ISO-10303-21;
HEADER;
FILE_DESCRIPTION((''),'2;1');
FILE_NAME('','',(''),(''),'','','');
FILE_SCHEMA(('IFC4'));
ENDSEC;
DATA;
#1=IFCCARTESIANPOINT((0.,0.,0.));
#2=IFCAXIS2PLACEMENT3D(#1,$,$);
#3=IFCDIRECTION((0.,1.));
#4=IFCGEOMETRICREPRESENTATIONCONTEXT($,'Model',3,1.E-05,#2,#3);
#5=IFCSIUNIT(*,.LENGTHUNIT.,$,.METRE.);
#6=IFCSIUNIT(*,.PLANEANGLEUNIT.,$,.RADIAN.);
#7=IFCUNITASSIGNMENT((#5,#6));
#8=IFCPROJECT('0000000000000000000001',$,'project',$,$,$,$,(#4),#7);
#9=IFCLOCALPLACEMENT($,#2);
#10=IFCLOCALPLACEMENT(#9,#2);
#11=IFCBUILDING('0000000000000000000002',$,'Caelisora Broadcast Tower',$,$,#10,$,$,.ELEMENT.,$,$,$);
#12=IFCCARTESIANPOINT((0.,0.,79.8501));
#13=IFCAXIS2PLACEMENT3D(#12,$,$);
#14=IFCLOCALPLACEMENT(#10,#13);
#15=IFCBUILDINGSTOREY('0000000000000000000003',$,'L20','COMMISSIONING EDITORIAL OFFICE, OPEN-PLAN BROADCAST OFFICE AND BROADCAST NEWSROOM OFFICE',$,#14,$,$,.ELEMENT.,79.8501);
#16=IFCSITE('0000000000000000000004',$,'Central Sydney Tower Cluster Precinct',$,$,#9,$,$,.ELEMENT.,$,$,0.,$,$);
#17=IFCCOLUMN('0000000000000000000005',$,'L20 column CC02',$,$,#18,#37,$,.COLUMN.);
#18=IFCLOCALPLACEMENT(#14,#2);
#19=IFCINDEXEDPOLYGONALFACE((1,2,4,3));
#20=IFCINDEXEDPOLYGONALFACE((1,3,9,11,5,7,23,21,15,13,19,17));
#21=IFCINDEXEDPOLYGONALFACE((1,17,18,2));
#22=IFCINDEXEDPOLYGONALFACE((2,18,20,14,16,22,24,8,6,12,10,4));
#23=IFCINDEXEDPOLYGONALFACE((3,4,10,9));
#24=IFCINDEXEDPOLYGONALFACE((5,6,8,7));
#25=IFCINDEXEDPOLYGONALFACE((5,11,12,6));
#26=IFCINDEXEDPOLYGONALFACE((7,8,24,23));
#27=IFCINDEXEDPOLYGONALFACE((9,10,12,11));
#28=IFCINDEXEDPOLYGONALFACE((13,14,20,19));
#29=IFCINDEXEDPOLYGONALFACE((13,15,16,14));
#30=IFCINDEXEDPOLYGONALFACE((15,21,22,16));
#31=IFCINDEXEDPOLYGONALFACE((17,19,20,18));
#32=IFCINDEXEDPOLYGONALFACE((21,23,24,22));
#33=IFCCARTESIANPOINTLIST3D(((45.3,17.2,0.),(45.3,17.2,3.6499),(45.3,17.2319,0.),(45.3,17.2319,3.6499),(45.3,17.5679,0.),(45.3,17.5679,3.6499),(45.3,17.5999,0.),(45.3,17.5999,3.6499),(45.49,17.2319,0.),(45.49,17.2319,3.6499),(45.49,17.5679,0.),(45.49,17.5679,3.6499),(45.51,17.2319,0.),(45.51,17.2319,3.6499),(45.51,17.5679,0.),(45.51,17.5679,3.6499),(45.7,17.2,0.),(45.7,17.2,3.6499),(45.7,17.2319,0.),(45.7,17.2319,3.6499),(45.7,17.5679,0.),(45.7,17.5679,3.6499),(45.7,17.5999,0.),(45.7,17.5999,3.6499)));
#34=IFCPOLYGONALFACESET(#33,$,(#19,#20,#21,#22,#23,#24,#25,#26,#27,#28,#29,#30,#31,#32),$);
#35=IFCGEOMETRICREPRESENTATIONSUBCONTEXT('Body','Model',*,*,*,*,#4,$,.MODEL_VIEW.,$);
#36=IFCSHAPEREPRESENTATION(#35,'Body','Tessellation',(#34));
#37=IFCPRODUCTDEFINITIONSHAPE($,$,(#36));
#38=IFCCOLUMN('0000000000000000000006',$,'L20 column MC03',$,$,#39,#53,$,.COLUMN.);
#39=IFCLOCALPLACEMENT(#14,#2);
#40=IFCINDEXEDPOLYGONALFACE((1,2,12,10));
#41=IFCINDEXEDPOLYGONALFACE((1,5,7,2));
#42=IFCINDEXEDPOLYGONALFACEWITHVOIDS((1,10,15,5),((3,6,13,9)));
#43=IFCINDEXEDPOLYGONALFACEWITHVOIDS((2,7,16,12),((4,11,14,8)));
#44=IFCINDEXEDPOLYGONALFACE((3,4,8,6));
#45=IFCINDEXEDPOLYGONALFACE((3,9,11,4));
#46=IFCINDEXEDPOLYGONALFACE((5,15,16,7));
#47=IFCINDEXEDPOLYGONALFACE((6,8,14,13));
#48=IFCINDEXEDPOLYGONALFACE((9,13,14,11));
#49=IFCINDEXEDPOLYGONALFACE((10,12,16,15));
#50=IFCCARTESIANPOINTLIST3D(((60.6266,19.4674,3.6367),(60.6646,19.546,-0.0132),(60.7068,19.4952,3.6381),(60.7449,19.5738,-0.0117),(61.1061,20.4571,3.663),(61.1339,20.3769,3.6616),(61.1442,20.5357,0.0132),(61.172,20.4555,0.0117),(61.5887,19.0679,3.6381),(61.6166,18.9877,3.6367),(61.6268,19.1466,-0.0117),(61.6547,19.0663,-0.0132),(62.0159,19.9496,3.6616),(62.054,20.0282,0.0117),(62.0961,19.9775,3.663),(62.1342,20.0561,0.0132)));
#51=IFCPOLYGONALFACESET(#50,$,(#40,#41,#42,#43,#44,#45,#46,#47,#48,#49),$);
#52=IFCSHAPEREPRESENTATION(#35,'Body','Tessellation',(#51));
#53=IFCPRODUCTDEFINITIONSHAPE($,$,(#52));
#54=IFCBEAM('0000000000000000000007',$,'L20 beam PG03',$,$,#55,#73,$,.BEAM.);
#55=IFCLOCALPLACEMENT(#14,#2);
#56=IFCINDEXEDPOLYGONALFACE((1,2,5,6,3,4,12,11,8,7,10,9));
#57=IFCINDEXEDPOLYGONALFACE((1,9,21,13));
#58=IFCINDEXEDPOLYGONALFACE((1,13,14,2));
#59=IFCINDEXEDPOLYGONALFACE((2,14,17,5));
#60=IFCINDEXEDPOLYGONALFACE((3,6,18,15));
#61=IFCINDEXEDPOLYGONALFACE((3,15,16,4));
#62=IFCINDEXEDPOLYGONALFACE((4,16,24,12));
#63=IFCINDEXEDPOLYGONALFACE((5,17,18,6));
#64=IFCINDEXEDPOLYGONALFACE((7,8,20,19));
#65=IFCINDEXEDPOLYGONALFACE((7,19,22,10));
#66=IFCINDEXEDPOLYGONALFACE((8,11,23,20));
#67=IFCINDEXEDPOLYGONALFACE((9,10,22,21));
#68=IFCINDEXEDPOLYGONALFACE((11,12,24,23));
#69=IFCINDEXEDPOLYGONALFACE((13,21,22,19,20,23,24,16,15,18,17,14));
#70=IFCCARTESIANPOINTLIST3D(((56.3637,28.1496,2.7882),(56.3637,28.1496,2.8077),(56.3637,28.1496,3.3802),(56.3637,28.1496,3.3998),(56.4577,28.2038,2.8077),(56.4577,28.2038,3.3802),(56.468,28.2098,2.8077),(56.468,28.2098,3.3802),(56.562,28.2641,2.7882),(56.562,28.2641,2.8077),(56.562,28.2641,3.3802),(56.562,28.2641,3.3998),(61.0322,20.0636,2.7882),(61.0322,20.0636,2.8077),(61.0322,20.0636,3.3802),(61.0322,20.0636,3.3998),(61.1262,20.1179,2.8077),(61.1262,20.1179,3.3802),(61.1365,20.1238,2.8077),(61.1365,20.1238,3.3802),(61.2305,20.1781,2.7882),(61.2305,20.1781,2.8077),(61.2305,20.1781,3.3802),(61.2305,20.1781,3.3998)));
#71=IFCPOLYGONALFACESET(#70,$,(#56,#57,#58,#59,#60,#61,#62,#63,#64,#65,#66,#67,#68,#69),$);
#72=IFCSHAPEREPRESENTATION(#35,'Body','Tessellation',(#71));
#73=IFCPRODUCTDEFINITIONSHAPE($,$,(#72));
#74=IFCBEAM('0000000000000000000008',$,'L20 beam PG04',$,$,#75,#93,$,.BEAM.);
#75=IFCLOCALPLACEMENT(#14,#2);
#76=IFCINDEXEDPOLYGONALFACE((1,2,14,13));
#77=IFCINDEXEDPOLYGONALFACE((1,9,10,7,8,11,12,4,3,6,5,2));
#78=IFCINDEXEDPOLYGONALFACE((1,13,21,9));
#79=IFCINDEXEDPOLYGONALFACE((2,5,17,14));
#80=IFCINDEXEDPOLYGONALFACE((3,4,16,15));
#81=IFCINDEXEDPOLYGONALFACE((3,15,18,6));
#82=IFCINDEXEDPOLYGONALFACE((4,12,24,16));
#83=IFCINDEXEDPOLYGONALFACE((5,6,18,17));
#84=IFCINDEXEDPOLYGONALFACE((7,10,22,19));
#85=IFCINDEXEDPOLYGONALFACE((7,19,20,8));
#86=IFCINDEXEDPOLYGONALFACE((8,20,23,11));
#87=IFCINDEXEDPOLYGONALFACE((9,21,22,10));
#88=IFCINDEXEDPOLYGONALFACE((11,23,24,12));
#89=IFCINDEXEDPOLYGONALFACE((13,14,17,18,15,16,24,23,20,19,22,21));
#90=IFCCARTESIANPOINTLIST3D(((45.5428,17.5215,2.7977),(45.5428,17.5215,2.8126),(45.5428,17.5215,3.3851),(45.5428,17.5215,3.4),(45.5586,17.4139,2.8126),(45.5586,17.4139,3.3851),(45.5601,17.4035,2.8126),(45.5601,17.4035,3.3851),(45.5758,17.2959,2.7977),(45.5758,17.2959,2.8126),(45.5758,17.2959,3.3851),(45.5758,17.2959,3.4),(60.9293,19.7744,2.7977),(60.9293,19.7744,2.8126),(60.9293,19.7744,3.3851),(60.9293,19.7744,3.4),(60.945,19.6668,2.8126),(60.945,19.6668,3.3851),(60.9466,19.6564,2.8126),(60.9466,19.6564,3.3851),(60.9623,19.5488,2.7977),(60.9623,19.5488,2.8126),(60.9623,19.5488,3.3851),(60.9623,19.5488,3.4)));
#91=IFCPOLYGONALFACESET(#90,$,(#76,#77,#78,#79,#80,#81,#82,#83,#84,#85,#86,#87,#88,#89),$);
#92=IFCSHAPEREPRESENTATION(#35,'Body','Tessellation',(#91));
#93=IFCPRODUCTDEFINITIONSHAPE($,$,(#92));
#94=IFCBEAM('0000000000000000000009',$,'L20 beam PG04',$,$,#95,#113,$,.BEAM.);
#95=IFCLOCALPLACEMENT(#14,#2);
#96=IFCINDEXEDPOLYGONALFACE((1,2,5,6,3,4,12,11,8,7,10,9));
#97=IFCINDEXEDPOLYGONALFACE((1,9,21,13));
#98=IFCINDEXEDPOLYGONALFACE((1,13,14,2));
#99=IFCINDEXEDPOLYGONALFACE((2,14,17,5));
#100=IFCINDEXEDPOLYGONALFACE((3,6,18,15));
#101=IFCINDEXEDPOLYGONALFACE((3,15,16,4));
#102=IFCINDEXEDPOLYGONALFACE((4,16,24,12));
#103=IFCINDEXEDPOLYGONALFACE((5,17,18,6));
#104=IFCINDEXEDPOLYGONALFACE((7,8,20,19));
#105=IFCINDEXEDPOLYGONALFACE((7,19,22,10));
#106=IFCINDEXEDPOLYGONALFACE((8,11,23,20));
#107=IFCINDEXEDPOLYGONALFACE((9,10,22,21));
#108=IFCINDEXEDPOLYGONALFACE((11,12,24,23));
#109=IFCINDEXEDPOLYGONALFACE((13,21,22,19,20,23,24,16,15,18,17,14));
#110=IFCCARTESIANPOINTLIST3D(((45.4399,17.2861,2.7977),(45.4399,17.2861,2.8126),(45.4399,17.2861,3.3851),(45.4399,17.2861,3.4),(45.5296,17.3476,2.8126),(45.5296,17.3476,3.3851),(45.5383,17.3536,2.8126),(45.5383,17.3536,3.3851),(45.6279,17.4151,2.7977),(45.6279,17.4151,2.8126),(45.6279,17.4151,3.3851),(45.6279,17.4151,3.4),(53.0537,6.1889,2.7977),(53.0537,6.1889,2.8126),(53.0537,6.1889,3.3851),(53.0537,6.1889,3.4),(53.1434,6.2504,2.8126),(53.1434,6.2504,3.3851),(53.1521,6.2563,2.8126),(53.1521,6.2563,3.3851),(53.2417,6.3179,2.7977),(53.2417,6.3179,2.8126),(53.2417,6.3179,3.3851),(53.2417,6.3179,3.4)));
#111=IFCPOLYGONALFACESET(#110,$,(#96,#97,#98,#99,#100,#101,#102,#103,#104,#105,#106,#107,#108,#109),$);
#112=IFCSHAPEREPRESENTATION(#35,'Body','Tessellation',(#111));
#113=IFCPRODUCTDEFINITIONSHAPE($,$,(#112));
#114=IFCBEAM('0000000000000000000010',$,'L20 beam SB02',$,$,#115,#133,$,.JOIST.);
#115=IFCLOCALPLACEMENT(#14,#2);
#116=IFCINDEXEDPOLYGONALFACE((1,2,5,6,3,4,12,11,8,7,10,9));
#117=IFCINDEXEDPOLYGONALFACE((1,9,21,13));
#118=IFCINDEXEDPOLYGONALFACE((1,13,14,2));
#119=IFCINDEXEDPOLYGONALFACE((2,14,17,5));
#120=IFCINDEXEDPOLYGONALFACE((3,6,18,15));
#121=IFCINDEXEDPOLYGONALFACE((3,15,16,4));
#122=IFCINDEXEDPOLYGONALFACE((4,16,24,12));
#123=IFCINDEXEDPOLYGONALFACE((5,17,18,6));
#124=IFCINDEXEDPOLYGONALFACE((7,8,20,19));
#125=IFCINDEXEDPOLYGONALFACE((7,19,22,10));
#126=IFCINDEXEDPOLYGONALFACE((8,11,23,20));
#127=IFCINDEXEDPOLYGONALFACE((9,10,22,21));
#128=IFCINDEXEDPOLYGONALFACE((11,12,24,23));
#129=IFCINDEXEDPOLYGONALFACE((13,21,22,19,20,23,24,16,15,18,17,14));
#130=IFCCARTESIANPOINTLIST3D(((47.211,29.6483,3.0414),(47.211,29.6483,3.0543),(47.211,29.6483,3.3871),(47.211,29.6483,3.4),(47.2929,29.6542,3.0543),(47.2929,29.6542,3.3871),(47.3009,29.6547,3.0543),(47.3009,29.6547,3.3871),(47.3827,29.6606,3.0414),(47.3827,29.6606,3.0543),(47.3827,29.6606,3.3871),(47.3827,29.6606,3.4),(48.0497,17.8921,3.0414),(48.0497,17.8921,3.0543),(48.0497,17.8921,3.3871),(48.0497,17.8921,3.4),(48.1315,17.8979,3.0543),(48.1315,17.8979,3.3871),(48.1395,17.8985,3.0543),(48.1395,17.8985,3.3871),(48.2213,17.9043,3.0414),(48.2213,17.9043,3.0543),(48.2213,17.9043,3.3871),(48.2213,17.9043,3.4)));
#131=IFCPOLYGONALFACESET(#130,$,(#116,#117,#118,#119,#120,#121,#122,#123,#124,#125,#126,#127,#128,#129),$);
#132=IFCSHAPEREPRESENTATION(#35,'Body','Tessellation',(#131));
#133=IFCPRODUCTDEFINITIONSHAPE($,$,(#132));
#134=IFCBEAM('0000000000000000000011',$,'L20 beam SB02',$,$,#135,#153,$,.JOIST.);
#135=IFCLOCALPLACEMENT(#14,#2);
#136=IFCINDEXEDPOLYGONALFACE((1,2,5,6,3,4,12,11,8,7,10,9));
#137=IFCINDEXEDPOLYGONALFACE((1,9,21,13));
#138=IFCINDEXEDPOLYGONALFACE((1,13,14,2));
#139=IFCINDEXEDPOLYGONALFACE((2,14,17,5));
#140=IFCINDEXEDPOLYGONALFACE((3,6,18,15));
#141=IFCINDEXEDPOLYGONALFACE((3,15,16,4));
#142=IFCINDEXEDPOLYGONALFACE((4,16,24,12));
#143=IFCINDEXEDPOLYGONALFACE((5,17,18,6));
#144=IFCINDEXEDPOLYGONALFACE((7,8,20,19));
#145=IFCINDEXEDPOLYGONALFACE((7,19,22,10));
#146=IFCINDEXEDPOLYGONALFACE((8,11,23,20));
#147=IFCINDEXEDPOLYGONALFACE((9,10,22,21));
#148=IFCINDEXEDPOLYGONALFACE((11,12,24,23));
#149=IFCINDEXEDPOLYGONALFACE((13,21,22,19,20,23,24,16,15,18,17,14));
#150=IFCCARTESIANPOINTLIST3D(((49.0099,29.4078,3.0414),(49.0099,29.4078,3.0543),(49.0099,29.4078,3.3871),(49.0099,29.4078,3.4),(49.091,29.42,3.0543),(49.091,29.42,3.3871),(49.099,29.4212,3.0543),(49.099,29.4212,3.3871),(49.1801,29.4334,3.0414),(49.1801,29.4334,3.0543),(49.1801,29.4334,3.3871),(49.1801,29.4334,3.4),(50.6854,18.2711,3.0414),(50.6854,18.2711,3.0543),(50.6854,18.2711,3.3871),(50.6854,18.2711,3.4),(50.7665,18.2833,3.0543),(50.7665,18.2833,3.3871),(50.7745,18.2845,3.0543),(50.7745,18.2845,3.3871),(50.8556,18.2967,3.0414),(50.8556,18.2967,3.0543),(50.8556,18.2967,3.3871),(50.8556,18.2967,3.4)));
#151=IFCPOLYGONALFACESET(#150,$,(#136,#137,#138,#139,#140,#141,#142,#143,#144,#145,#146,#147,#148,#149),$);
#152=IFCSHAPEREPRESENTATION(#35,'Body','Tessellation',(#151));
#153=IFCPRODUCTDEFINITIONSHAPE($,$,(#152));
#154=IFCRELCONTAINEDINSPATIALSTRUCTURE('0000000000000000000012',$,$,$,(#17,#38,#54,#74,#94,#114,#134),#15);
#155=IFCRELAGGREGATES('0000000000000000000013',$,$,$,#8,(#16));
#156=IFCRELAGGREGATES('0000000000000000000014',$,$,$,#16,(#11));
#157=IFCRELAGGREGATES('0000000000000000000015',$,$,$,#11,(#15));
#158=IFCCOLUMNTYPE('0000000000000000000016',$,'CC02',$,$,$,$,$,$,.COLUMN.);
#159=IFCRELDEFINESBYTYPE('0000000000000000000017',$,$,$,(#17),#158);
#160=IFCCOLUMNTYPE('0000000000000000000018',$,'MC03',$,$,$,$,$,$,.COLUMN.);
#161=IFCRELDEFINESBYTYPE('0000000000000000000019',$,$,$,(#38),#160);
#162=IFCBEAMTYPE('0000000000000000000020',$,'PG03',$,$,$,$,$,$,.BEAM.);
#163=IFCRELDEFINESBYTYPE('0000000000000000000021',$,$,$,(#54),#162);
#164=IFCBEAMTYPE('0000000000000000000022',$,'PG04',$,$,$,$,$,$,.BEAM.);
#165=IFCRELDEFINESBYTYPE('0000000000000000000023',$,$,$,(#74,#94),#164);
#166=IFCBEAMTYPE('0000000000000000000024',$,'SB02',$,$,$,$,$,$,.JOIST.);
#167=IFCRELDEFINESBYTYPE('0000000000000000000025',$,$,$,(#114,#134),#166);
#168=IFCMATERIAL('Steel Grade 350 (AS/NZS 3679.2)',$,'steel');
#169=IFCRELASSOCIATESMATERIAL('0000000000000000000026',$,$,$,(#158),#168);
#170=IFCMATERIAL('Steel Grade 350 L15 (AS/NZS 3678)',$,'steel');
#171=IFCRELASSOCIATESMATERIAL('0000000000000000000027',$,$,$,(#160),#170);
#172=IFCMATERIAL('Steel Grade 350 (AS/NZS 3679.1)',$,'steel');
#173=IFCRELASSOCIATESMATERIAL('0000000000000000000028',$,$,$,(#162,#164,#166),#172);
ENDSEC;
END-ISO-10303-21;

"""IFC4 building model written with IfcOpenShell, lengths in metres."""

from ifc_helpers import new_model, si_unit, direction, frame, origin, origin_2d, place, context, subcontext, project, spatial, hollow_rectangle, i_section, extrude, source, transform, mapped, material, material_profile, profile_set, type_object, type_shapes, element, save


model = new_model("IFC4")

# Units and contexts
model_context = context("Model", 3, precision=1e-05, world=origin(), true_north=direction((0.0, 1.0)))
body_context = subcontext(model_context, "Body", "Model", "MODEL_VIEW")
ifc_project = project(units=[si_unit("LENGTHUNIT", "METRE"), si_unit("PLANEANGLEUNIT", "RADIAN")], contexts=[model_context])

# Site, building, storey
site_placement = place(None, origin())
site = spatial("IfcSite", under=ifc_project, at=site_placement, Name="Central Sydney Tower Cluster Precinct", CompositionType="ELEMENT", RefElevation=0.0)
building_placement = place(site_placement, origin())
building = spatial("IfcBuilding", under=site, at=building_placement, Name="Caelisora Broadcast Tower", CompositionType="ELEMENT")
storey_placement = place(building_placement, frame((0.0, 0.0, 79.8501)))
storey = spatial("IfcBuildingStorey", under=building, at=storey_placement, Name="L20", Description="COMMISSIONING EDITORIAL OFFICE, OPEN-PLAN BROADCAST OFFICE AND BROADCAST NEWSROOM OFFICE", CompositionType="ELEMENT", Elevation=79.8501)

# Columns
ifc_material_1 = material(Name="Steel Grade 350 (AS/NZS 3679.2)", Category="steel")
ifc_material_profile_1 = material_profile(ifc_material_1, i_section(OverallWidth=0.3999, OverallDepth=0.3999, WebThickness=0.02, FlangeThickness=0.032, at=origin_2d()), Name="Steel Grade 350 (AS/NZS 3679.2)")
ifc_profile_set_1 = profile_set([ifc_material_profile_1], Name="Steel Grade 350 (AS/NZS 3679.2)")
column_type_1 = type_object("IfcColumnType", Name="CC02", PredefinedType="COLUMN", material=ifc_profile_set_1)
shared_shape_1 = source(origin(), body_context, "Body", "SweptSolid", [
    extrude(i_section(OverallWidth=0.3999, OverallDepth=0.3999, WebThickness=0.02, FlangeThickness=0.032, at=origin_2d()), origin(), (0.0, 0.0, 1.0), 3.6499),
])
type_shapes(column_type_1, [shared_shape_1])
column_1_placement = place(storey_placement, frame((45.5, 17.3999, 0.0), z_axis=(0.0, 0.0, 1.0), x_axis=(1.0, 0.0, 0.0)))
element("IfcColumn", 1, at=column_1_placement, inside=storey, type_object=column_type_1, Name="L20 column CC02", PredefinedType="COLUMN", context=body_context, shape_type="MappedRepresentation", body=[
    mapped(shared_shape_1, transform((0.0, 0.0, 0.0), scale=1.0)),
])
ifc_material_2 = material(Name="Steel Grade 350 L15 (AS/NZS 3678)", Category="steel")
ifc_material_profile_2 = material_profile(ifc_material_2, hollow_rectangle(XDim=1.1001, YDim=1.1001, WallThickness=0.0601, at=origin_2d()), Name="Steel Grade 350 L15 (AS/NZS 3678)")
ifc_profile_set_2 = profile_set([ifc_material_profile_2], Name="Steel Grade 350 L15 (AS/NZS 3678)")
column_type_2 = type_object("IfcColumnType", Name="MC03", PredefinedType="COLUMN", material=ifc_profile_set_2)
shared_shape_2 = source(origin(), body_context, "Body", "SweptSolid", [
    extrude(hollow_rectangle(XDim=1.1001, YDim=1.1001, WallThickness=0.0601, at=origin_2d()), origin(), (0.0, 0.0, 1.0), 3.6509),
])
type_shapes(column_type_2, [shared_shape_2])
column_2_placement = place(storey_placement, frame((61.3994, 19.801, 0.0), z_axis=(-0.010432, -0.021532, 0.999714), x_axis=(0.899947, -0.435999, 0.0)))
element("IfcColumn", 2, at=column_2_placement, inside=storey, type_object=column_type_2, Name="L20 column MC03", PredefinedType="COLUMN", context=body_context, shape_type="MappedRepresentation", body=[
    mapped(shared_shape_2, transform((0.0, 0.0, 0.0), scale=1.0)),
])

# Beams
ifc_material_3 = material(Name="Steel Grade 350 (AS/NZS 3679.1)", Category="steel")
ifc_material_profile_3 = material_profile(ifc_material_3, i_section(OverallWidth=0.229, OverallDepth=0.6116, WebThickness=0.012, FlangeThickness=0.0195, at=origin_2d()), Name="Steel Grade 350 (AS/NZS 3679.1)")
ifc_profile_set_3 = profile_set([ifc_material_profile_3], Name="Steel Grade 350 (AS/NZS 3679.1)")
beam_type_1 = type_object("IfcBeamType", Name="PG03", PredefinedType="BEAM", material=ifc_profile_set_3)
shared_shape_3 = source(origin(), body_context, "Body", "SweptSolid", [
    extrude(i_section(OverallWidth=0.229, OverallDepth=0.6116, WebThickness=0.012, FlangeThickness=0.0195, at=origin_2d()), origin(), (0.0, 0.0, 1.0), 9.3369),
])
type_shapes(beam_type_1, [shared_shape_3])
beam_1_placement = place(storey_placement, frame((61.1313, 20.1208, 3.094), z_axis=(-0.500003, 0.866024, 0.0), x_axis=(-0.866024, -0.500003, 0.0)))
element("IfcBeam", 3, at=beam_1_placement, inside=storey, type_object=beam_type_1, Name="L20 beam PG03", PredefinedType="BEAM", context=body_context, shape_type="MappedRepresentation", body=[
    mapped(shared_shape_3, transform((0.0, 0.0, 0.0), scale=1.0)),
])
ifc_material_profile_4 = material_profile(ifc_material_3, i_section(OverallWidth=0.228, OverallDepth=0.6023, WebThickness=0.0105, FlangeThickness=0.0149, at=origin_2d()), Name="Steel Grade 350 (AS/NZS 3679.1)")
ifc_profile_set_4 = profile_set([ifc_material_profile_4], Name="Steel Grade 350 (AS/NZS 3679.1)")
beam_type_2 = type_object("IfcBeamType", Name="PG04", PredefinedType="BEAM", material=ifc_profile_set_4)
shared_shape_4 = source(origin(), body_context, "Body", "SweptSolid", [
    extrude(i_section(OverallWidth=0.228, OverallDepth=0.6023, WebThickness=0.0105, FlangeThickness=0.0149, at=origin_2d()), origin(), (0.0, 0.0, 1.0), 15.5505),
])
beam_2_placement = place(storey_placement, frame((45.5593, 17.4087, 3.0989), z_axis=(0.98945, 0.144878, 0.0), x_axis=(-0.144878, 0.98945, 0.0)))
element("IfcBeam", 4, at=beam_2_placement, inside=storey, type_object=beam_type_2, Name="L20 beam PG04", PredefinedType="BEAM", context=body_context, shape_type="MappedRepresentation", body=[
    mapped(shared_shape_4, transform((0.0, 0.0, 0.0), scale=1.0)),
])
shared_shape_5 = source(origin(), body_context, "Body", "SweptSolid", [
    extrude(i_section(OverallWidth=0.228, OverallDepth=0.6023, WebThickness=0.0105, FlangeThickness=0.0149, at=origin_2d()), origin(), (0.0, 0.0, 1.0), 13.458),
])
type_shapes(beam_type_2, [shared_shape_4, shared_shape_5])
beam_3_placement = place(storey_placement, frame((45.5339, 17.3506, 3.0989), z_axis=(0.565745, -0.82458, 0.0), x_axis=(0.82458, 0.565745, 0.0)))
element("IfcBeam", 5, at=beam_3_placement, inside=storey, type_object=beam_type_2, Name="L20 beam PG04", PredefinedType="BEAM", context=body_context, shape_type="MappedRepresentation", body=[
    mapped(shared_shape_5, transform((0.0, 0.0, 0.0), scale=1.0)),
])
ifc_material_profile_5 = material_profile(ifc_material_3, i_section(OverallWidth=0.1721, OverallDepth=0.3586, WebThickness=0.0081, FlangeThickness=0.0129, at=origin_2d()), Name="Steel Grade 350 (AS/NZS 3679.1)")
ifc_profile_set_5 = profile_set([ifc_material_profile_5], Name="Steel Grade 350 (AS/NZS 3679.1)")
beam_type_3 = type_object("IfcBeamType", Name="SB02", PredefinedType="JOIST", material=ifc_profile_set_5)
shared_shape_6 = source(origin(), body_context, "Body", "SweptSolid", [
    extrude(i_section(OverallWidth=0.1721, OverallDepth=0.3586, WebThickness=0.0081, FlangeThickness=0.0129, at=origin_2d()), origin(), (0.0, 0.0, 1.0), 11.7861),
])
beam_4_placement = place(storey_placement, frame((48.1355, 17.8982, 3.2207), z_axis=(-0.071153, 0.997465, 0.0), x_axis=(-0.997465, -0.071153, 0.0)))
element("IfcBeam", 6, at=beam_4_placement, inside=storey, type_object=beam_type_3, Name="L20 beam SB02", PredefinedType="JOIST", context=body_context, shape_type="MappedRepresentation", body=[
    mapped(shared_shape_6, transform((0.0, 0.0, 0.0), scale=1.0)),
])
shared_shape_7 = source(origin(), body_context, "Body", "SweptSolid", [
    extrude(i_section(OverallWidth=0.1721, OverallDepth=0.3586, WebThickness=0.0081, FlangeThickness=0.0129, at=origin_2d()), origin(), (0.0, 0.0, 1.0), 11.262),
])
beam_5_placement = place(storey_placement, frame((50.7705, 18.2839, 3.2207), z_axis=(-0.148777, 0.988871, 0.0), x_axis=(-0.988871, -0.148777, 0.0)))
element("IfcBeam", 7, at=beam_5_placement, inside=storey, type_object=beam_type_3, Name="L20 beam SB02", PredefinedType="JOIST", context=body_context, shape_type="MappedRepresentation", body=[
    mapped(shared_shape_7, transform((0.0, 0.0, 0.0), scale=1.0)),
])

save(model, "model.ifc")
